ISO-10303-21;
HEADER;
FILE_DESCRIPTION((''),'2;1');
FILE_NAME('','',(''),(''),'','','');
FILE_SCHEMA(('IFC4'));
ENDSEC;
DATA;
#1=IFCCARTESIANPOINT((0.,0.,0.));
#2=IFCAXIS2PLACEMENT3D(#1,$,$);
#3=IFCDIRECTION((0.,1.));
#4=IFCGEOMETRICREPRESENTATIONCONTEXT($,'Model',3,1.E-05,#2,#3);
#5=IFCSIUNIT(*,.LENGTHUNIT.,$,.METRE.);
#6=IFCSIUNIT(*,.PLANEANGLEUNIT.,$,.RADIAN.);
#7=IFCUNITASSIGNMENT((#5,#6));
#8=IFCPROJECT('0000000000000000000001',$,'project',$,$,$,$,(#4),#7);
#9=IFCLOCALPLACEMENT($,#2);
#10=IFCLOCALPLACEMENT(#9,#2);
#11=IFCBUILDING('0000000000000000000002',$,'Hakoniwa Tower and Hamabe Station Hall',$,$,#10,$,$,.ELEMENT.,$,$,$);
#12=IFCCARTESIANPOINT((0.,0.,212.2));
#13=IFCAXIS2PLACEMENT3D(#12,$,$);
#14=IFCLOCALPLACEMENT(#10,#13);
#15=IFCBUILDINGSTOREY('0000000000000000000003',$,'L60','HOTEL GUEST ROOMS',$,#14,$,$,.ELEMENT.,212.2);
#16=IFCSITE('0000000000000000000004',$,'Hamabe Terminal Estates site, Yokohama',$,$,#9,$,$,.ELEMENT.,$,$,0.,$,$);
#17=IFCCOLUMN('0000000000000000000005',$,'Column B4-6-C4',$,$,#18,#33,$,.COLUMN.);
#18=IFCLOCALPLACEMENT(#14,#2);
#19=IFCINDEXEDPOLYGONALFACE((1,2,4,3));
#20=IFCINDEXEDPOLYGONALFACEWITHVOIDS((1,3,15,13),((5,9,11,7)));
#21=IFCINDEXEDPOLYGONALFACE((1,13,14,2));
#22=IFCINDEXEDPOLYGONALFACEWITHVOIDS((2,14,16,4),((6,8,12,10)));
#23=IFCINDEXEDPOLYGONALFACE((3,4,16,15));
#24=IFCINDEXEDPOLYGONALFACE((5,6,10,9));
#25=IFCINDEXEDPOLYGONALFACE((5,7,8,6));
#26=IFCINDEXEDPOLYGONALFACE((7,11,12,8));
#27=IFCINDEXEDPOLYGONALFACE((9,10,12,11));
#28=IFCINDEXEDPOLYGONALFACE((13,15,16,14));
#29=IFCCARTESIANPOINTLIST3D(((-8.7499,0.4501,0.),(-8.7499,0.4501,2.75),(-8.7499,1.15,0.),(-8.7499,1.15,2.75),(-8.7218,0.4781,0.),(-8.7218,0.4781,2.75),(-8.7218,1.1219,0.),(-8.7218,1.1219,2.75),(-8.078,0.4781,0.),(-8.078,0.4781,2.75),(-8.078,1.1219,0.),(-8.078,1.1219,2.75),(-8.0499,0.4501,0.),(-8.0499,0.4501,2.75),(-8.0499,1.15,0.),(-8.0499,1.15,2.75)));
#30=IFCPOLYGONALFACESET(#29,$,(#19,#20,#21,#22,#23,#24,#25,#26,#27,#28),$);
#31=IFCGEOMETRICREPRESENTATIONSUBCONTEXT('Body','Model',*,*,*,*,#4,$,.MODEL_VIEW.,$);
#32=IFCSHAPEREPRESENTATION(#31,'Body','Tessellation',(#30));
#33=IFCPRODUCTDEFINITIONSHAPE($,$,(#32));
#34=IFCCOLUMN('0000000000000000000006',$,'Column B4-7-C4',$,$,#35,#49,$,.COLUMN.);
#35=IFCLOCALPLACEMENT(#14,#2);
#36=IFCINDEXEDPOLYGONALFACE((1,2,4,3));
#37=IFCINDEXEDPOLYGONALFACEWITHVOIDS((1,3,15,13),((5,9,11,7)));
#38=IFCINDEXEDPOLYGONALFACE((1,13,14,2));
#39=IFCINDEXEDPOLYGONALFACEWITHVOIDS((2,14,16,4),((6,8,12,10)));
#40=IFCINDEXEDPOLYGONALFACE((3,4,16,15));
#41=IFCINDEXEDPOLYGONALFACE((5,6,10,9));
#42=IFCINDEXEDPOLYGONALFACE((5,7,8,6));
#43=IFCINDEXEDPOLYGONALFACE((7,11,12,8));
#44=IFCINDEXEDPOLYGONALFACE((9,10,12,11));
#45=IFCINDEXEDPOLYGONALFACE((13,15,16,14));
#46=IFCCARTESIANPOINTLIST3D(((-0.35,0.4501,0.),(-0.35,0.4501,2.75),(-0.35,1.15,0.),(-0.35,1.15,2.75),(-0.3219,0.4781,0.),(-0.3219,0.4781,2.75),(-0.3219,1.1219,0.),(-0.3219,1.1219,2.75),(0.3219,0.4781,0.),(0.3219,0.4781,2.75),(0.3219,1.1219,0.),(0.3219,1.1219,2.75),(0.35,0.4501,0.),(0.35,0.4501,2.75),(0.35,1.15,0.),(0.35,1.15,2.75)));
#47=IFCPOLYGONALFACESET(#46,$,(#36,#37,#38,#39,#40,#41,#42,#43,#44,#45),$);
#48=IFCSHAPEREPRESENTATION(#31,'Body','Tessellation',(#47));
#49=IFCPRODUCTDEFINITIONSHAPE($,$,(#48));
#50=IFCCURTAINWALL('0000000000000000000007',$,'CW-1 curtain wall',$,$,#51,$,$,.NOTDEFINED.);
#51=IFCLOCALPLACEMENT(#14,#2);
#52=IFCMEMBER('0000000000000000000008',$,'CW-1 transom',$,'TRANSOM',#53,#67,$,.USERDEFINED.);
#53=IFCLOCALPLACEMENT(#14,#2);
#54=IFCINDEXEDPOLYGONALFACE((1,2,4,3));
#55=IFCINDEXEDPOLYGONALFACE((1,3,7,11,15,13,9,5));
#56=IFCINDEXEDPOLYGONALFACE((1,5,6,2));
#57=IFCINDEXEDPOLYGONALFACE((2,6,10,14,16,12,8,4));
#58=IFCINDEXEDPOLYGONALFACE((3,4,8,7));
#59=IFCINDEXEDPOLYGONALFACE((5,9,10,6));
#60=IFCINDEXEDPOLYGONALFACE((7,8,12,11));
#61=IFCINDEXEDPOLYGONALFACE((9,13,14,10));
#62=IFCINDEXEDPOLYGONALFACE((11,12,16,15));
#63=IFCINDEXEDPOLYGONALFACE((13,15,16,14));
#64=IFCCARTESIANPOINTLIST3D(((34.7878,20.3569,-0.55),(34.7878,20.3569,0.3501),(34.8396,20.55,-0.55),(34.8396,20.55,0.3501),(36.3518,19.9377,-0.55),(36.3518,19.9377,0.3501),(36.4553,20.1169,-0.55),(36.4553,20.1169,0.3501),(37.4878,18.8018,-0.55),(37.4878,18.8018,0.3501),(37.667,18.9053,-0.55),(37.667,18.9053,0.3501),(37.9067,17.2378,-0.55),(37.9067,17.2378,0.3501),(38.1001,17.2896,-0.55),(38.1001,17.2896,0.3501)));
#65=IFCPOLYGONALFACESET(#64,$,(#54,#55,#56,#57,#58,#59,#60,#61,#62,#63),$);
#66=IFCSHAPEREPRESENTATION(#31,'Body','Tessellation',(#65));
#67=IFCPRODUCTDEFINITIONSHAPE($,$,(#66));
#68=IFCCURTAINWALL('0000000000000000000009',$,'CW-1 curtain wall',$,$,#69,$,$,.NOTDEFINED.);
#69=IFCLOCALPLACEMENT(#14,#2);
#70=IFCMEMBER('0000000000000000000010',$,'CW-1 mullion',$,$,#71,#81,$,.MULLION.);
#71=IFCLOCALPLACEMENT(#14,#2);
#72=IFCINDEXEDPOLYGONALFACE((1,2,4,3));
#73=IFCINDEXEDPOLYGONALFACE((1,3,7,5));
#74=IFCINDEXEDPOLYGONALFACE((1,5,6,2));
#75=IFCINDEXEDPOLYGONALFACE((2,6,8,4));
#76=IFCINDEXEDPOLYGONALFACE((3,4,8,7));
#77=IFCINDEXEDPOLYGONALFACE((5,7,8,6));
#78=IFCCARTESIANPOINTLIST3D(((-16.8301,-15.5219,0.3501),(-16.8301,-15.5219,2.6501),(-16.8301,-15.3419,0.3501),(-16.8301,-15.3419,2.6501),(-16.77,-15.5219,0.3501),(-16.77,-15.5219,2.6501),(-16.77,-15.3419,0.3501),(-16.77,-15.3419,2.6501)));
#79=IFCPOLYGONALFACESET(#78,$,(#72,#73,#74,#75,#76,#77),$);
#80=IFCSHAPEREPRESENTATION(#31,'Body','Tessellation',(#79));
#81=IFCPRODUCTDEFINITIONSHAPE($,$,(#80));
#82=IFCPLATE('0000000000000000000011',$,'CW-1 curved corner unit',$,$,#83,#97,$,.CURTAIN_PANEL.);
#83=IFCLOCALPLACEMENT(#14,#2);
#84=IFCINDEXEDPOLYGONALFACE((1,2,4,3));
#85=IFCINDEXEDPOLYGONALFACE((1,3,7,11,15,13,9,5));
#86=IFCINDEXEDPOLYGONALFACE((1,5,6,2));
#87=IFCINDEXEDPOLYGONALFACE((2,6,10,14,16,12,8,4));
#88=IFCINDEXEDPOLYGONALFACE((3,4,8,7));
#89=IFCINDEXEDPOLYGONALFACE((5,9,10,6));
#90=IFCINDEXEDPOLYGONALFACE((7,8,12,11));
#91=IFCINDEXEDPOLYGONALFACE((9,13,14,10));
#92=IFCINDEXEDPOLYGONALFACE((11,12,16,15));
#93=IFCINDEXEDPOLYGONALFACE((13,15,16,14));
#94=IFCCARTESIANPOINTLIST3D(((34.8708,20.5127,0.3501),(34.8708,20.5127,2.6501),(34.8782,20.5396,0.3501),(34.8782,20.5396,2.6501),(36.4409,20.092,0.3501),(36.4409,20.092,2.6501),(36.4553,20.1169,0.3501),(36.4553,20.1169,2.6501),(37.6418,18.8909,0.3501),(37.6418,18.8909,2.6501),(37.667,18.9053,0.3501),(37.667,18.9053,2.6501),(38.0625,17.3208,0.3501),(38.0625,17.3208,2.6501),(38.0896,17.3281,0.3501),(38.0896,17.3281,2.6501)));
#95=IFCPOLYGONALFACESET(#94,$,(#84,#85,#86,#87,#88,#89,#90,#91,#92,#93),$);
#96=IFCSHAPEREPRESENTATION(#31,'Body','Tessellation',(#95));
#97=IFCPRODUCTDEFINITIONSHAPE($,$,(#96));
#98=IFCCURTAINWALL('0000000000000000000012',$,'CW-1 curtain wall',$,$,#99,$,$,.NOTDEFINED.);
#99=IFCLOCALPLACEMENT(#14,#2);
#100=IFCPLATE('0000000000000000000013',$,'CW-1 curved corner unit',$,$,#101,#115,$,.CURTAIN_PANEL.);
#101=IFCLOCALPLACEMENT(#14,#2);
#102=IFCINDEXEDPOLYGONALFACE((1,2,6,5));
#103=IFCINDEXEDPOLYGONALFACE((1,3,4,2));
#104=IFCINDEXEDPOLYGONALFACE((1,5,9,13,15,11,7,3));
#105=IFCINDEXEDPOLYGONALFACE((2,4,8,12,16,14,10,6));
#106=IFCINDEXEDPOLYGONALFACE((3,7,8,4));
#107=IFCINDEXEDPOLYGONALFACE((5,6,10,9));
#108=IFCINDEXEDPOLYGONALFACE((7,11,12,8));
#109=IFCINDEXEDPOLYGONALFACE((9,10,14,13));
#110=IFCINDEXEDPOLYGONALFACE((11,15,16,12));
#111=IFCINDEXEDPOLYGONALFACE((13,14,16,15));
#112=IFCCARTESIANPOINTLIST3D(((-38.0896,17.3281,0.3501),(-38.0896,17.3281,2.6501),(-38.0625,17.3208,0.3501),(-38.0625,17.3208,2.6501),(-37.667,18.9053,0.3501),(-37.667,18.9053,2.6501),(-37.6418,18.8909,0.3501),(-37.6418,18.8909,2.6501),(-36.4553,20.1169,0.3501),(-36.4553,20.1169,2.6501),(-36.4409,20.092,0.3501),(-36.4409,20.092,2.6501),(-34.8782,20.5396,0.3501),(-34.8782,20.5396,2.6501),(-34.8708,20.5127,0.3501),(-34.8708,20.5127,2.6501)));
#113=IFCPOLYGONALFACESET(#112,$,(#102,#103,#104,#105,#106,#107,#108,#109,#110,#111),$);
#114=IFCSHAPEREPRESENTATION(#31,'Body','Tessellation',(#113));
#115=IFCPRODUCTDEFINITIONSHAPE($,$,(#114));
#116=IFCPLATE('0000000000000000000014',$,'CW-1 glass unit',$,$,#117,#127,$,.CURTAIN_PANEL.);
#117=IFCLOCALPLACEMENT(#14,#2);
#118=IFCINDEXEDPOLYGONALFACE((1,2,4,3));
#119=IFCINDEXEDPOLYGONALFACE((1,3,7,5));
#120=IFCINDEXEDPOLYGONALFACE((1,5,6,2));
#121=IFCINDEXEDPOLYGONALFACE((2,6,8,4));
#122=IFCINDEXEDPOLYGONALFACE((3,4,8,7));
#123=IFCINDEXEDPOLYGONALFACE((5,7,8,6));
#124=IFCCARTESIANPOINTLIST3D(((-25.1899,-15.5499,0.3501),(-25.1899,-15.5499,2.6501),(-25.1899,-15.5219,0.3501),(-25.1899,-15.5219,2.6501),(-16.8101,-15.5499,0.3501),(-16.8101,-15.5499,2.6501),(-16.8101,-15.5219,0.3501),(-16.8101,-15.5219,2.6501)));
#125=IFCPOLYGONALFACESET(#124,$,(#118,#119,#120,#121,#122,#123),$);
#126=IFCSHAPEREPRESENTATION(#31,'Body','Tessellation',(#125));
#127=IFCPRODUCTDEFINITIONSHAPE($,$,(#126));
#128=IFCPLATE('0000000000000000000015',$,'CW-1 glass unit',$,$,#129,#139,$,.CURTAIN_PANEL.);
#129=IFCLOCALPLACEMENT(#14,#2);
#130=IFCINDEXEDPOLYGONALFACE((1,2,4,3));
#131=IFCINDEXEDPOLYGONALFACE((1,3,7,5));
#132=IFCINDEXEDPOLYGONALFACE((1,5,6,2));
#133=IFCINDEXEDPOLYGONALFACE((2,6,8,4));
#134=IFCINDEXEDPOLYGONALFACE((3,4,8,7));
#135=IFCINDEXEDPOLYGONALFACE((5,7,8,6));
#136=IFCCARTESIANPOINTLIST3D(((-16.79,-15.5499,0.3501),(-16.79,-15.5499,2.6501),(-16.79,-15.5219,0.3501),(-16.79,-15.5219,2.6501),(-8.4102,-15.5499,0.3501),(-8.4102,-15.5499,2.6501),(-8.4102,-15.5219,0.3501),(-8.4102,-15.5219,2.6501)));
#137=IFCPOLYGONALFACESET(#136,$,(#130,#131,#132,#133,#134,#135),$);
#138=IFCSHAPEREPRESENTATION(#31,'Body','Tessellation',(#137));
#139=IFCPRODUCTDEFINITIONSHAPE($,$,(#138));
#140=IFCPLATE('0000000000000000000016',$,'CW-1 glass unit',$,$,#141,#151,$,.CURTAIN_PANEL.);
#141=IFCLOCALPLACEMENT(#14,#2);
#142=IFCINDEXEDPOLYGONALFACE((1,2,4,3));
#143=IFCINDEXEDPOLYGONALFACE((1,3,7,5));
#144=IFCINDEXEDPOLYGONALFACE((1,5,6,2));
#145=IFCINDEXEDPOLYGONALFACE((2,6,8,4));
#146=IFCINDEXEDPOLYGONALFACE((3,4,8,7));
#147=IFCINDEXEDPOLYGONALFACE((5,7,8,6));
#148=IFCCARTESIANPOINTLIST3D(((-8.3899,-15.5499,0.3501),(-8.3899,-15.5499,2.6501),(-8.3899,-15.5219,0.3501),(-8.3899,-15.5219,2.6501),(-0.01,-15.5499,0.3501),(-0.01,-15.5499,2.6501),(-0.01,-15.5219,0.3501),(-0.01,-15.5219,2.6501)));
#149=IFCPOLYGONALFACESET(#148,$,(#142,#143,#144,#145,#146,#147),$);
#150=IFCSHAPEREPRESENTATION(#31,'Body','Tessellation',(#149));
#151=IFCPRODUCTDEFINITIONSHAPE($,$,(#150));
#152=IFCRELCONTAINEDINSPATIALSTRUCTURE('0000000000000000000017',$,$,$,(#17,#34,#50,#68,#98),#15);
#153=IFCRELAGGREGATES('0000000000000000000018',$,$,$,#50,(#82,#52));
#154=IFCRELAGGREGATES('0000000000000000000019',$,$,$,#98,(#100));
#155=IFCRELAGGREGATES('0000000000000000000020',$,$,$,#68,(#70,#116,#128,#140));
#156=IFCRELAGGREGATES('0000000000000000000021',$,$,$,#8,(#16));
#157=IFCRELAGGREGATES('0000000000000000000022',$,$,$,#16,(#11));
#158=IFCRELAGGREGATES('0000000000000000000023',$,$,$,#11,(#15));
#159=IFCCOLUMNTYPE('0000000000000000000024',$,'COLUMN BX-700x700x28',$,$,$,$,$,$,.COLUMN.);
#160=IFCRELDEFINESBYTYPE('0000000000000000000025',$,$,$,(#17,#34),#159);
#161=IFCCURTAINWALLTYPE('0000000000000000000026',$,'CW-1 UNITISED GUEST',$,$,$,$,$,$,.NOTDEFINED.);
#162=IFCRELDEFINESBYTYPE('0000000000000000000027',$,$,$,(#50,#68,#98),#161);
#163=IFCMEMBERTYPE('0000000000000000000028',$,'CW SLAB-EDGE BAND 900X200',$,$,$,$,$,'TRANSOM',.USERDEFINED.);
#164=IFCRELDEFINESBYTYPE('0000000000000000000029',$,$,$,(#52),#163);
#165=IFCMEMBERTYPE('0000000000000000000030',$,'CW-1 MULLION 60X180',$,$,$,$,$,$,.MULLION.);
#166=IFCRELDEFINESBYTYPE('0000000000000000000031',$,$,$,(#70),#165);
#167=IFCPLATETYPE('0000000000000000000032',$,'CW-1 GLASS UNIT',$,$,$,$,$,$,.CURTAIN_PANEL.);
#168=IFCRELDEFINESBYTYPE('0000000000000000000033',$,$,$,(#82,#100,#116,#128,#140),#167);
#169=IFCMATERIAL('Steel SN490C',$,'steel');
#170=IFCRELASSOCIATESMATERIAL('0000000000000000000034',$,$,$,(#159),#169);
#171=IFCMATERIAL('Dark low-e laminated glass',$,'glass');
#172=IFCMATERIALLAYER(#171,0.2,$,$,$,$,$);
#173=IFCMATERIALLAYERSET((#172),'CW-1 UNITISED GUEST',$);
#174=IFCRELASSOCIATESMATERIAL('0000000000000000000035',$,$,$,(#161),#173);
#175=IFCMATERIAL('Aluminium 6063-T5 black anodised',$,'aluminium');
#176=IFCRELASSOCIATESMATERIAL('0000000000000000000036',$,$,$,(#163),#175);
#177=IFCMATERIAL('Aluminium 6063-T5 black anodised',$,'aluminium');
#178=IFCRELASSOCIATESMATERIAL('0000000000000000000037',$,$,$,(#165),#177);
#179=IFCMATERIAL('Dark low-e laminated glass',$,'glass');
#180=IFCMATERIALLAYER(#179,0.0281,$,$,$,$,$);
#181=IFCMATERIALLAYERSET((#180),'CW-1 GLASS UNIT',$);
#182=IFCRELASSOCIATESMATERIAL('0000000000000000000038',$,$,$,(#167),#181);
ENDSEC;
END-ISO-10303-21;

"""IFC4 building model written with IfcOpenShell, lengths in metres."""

from ifc_helpers import new_model, si_unit, direction, frame, origin, origin_2d, place, context, subcontext, project, spatial, polyline, rectangle, hollow_rectangle, outline, extrude, material, layer, layer_set, material_profile, profile_set, type_object, element, aggregate, save


model = new_model("IFC4")

# Units and contexts
model_context = context("Model", 3, precision=1e-05, world=origin(), true_north=direction((0.0, 1.0)))
body_context = subcontext(model_context, "Body", "Model", "MODEL_VIEW")
ifc_project = project(units=[si_unit("LENGTHUNIT", "METRE"), si_unit("PLANEANGLEUNIT", "RADIAN")], contexts=[model_context])

# Site, building, storey
site_placement = place(None, origin())
site = spatial("IfcSite", under=ifc_project, at=site_placement, Name="Hamabe Terminal Estates site, Yokohama", CompositionType="ELEMENT", RefElevation=0.0)
building_placement = place(site_placement, origin())
building = spatial("IfcBuilding", under=site, at=building_placement, Name="Hakoniwa Tower and Hamabe Station Hall", CompositionType="ELEMENT")
storey_placement = place(building_placement, frame((0.0, 0.0, 212.2)))
storey = spatial("IfcBuildingStorey", under=building, at=storey_placement, Name="L60", Description="HOTEL GUEST ROOMS", CompositionType="ELEMENT", Elevation=212.2)

# Columns
ifc_material_1 = material(Name="Steel SN490C", Category="steel")
ifc_material_profile_1 = material_profile(ifc_material_1, hollow_rectangle(XDim=0.7, YDim=0.7, WallThickness=0.0281, at=origin_2d()), Name="BX-700x700x28")
ifc_profile_set_1 = profile_set([ifc_material_profile_1], Name="Steel SN490C")
column_type_1 = type_object("IfcColumnType", Name="COLUMN BX-700x700x28", PredefinedType="COLUMN", material=ifc_profile_set_1)
for number, where, z_axis, x_axis, name in (
    (1, (-8.3999, 0.8, 0.0), (0.0, 0.0, 1.0), (1.0, 0.0, 0.0), "Column B4-6-C4"),
    (2, (0.0, 0.8, 0.0), (0.0, 0.0, 1.0), (1.0, 0.0, 0.0), "Column B4-7-C4"),
):
    element("IfcColumn", number, at=place(storey_placement, frame(where, z_axis=z_axis, x_axis=x_axis)), inside=storey, type_object=column_type_1, Name=name, PredefinedType="COLUMN", context=body_context, shape_type="SweptSolid", body=[
        extrude(hollow_rectangle(XDim=0.7, YDim=0.7, WallThickness=0.0281, at=origin_2d()), origin(), (0.0, 0.0, 1.0), 2.75),
    ])

# Curtain walls, members
ifc_material_2 = material(Name="Dark low-e laminated glass", Category="glass")
ifc_layer_1 = layer(ifc_material_2, 0.2)
ifc_layer_set_1 = layer_set([ifc_layer_1], Name="CW-1 UNITISED GUEST")
curtain_wall_type = type_object("IfcCurtainWallType", Name="CW-1 UNITISED GUEST", PredefinedType="NOTDEFINED", material=ifc_layer_set_1)
curtain_wall_1_placement = place(storey_placement, origin())
curtain_wall_1 = element("IfcCurtainWall", 3, at=curtain_wall_1_placement, inside=storey, type_object=curtain_wall_type, Name="CW-1 curtain wall", PredefinedType="NOTDEFINED")
ifc_material_3 = material(Name="Aluminium 6063-T5 black anodised", Category="aluminium")
ifc_material_profile_2 = material_profile(ifc_material_3, rectangle(XDim=0.2, YDim=0.8999, at=origin_2d()), Name="CW SLAB-EDGE BAND 900X200")
ifc_profile_set_2 = profile_set([ifc_material_profile_2], Name="Aluminium 6063-T5 black anodised")
member_type_1 = type_object("IfcMemberType", Name="CW SLAB-EDGE BAND 900X200", ElementType="TRANSOM", PredefinedType="USERDEFINED", material=ifc_profile_set_2)
member_1_placement = place(storey_placement, frame((0.0, 0.0, -0.55)))
member_1 = element("IfcMember", 4, at=member_1_placement, type_object=member_type_1, Name="CW-1 transom", ObjectType="TRANSOM", PredefinedType="USERDEFINED", context=body_context, shape_type="SweptSolid", body=[
    extrude(outline(polyline([(38.1001, 17.2896), (37.667, 18.9053), (36.4553, 20.1169), (34.8396, 20.55), (34.7878, 20.3569), (36.3518, 19.9377), (37.4878, 18.8018), (37.9067, 17.2378), (38.1001, 17.2896)])), origin(), (0.0, 0.0, 1.0), 0.9001),
])
curtain_wall_2_placement = place(storey_placement, origin())
curtain_wall_2 = element("IfcCurtainWall", 5, at=curtain_wall_2_placement, inside=storey, type_object=curtain_wall_type, Name="CW-1 curtain wall", PredefinedType="NOTDEFINED")
ifc_material_4 = material(Name="Aluminium 6063-T5 black anodised", Category="aluminium")
ifc_material_profile_3 = material_profile(ifc_material_4, rectangle(XDim=0.0601, YDim=0.1799, at=origin_2d()), Name="CW-1 MULLION 60X180")
ifc_profile_set_3 = profile_set([ifc_material_profile_3], Name="Aluminium 6063-T5 black anodised")
member_type_2 = type_object("IfcMemberType", Name="CW-1 MULLION 60X180", PredefinedType="MULLION", material=ifc_profile_set_3)
member_2_placement = place(storey_placement, frame((-16.8, -15.4319, 0.3501), z_axis=(0.0, 0.0, 1.0), x_axis=(1.0, 0.0, 0.0)))
member_2 = element("IfcMember", 6, at=member_2_placement, type_object=member_type_2, Name="CW-1 mullion", PredefinedType="MULLION", context=body_context, shape_type="SweptSolid", body=[
    extrude(rectangle(XDim=0.0601, YDim=0.1799, at=origin_2d()), origin(), (0.0, 0.0, 1.0), 2.3),
])

# Plate
ifc_material_5 = material(Name="Dark low-e laminated glass", Category="glass")
ifc_layer_2 = layer(ifc_material_5, 0.0281)
ifc_layer_set_2 = layer_set([ifc_layer_2], Name="CW-1 GLASS UNIT")
plate_type = type_object("IfcPlateType", Name="CW-1 GLASS UNIT", PredefinedType="CURTAIN_PANEL", material=ifc_layer_set_2)
plate_1_placement = place(storey_placement, frame((0.0, 0.0, 0.3501)))
plate_1 = element("IfcPlate", 7, at=plate_1_placement, type_object=plate_type, Name="CW-1 curved corner unit", PredefinedType="CURTAIN_PANEL", context=body_context, shape_type="SweptSolid", body=[
    extrude(outline(polyline([(38.0896, 17.3281), (37.667, 18.9053), (36.4553, 20.1169), (34.8782, 20.5396), (34.8708, 20.5127), (36.4409, 20.092), (37.6418, 18.8909), (38.0625, 17.3208), (38.0896, 17.3281)])), origin(), (0.0, 0.0, 1.0), 2.3),
])
aggregate(curtain_wall_1, [plate_1, member_1])

# Curtain wall, plate
curtain_wall_3_placement = place(storey_placement, origin())
curtain_wall_3 = element("IfcCurtainWall", 8, at=curtain_wall_3_placement, inside=storey, type_object=curtain_wall_type, Name="CW-1 curtain wall", PredefinedType="NOTDEFINED")
plate_2_placement = place(storey_placement, frame((0.0, 0.0, 0.3501)))
plate_2 = element("IfcPlate", 9, at=plate_2_placement, type_object=plate_type, Name="CW-1 curved corner unit", PredefinedType="CURTAIN_PANEL", context=body_context, shape_type="SweptSolid", body=[
    extrude(outline(polyline([(-34.8782, 20.5396), (-36.4553, 20.1169), (-37.667, 18.9053), (-38.0896, 17.3281), (-38.0625, 17.3208), (-37.6418, 18.8909), (-36.4409, 20.092), (-34.8708, 20.5127), (-34.8782, 20.5396)])), origin(), (0.0, 0.0, 1.0), 2.3),
])
aggregate(curtain_wall_3, [plate_2])

# Plates
plate_3_placement = place(storey_placement, frame((-21.0, -15.5359, 0.3501), z_axis=(0.0, 0.0, 1.0), x_axis=(1.0, 0.0, 0.0)))
plate_3 = element("IfcPlate", 10, at=plate_3_placement, type_object=plate_type, Name="CW-1 glass unit", PredefinedType="CURTAIN_PANEL", context=body_context, shape_type="SweptSolid", body=[
    extrude(rectangle(XDim=8.3799, YDim=0.0281, at=origin_2d()), origin(), (0.0, 0.0, 1.0), 2.3),
])
plate_4_placement = place(storey_placement, frame((-12.6001, -15.5359, 0.3501), z_axis=(0.0, 0.0, 1.0), x_axis=(1.0, 0.0, 0.0)))
plate_4 = element("IfcPlate", 11, at=plate_4_placement, type_object=plate_type, Name="CW-1 glass unit", PredefinedType="CURTAIN_PANEL", context=body_context, shape_type="SweptSolid", body=[
    extrude(rectangle(XDim=8.3799, YDim=0.0281, at=origin_2d()), origin(), (0.0, 0.0, 1.0), 2.3),
])
plate_5_placement = place(storey_placement, frame((-4.2, -15.5359, 0.3501), z_axis=(0.0, 0.0, 1.0), x_axis=(1.0, 0.0, 0.0)))
plate_5 = element("IfcPlate", 12, at=plate_5_placement, type_object=plate_type, Name="CW-1 glass unit", PredefinedType="CURTAIN_PANEL", context=body_context, shape_type="SweptSolid", body=[
    extrude(rectangle(XDim=8.3799, YDim=0.0281, at=origin_2d()), origin(), (0.0, 0.0, 1.0), 2.3),
])
aggregate(curtain_wall_2, [member_2, plate_3, plate_4, plate_5])

save(model, "model.ifc")
